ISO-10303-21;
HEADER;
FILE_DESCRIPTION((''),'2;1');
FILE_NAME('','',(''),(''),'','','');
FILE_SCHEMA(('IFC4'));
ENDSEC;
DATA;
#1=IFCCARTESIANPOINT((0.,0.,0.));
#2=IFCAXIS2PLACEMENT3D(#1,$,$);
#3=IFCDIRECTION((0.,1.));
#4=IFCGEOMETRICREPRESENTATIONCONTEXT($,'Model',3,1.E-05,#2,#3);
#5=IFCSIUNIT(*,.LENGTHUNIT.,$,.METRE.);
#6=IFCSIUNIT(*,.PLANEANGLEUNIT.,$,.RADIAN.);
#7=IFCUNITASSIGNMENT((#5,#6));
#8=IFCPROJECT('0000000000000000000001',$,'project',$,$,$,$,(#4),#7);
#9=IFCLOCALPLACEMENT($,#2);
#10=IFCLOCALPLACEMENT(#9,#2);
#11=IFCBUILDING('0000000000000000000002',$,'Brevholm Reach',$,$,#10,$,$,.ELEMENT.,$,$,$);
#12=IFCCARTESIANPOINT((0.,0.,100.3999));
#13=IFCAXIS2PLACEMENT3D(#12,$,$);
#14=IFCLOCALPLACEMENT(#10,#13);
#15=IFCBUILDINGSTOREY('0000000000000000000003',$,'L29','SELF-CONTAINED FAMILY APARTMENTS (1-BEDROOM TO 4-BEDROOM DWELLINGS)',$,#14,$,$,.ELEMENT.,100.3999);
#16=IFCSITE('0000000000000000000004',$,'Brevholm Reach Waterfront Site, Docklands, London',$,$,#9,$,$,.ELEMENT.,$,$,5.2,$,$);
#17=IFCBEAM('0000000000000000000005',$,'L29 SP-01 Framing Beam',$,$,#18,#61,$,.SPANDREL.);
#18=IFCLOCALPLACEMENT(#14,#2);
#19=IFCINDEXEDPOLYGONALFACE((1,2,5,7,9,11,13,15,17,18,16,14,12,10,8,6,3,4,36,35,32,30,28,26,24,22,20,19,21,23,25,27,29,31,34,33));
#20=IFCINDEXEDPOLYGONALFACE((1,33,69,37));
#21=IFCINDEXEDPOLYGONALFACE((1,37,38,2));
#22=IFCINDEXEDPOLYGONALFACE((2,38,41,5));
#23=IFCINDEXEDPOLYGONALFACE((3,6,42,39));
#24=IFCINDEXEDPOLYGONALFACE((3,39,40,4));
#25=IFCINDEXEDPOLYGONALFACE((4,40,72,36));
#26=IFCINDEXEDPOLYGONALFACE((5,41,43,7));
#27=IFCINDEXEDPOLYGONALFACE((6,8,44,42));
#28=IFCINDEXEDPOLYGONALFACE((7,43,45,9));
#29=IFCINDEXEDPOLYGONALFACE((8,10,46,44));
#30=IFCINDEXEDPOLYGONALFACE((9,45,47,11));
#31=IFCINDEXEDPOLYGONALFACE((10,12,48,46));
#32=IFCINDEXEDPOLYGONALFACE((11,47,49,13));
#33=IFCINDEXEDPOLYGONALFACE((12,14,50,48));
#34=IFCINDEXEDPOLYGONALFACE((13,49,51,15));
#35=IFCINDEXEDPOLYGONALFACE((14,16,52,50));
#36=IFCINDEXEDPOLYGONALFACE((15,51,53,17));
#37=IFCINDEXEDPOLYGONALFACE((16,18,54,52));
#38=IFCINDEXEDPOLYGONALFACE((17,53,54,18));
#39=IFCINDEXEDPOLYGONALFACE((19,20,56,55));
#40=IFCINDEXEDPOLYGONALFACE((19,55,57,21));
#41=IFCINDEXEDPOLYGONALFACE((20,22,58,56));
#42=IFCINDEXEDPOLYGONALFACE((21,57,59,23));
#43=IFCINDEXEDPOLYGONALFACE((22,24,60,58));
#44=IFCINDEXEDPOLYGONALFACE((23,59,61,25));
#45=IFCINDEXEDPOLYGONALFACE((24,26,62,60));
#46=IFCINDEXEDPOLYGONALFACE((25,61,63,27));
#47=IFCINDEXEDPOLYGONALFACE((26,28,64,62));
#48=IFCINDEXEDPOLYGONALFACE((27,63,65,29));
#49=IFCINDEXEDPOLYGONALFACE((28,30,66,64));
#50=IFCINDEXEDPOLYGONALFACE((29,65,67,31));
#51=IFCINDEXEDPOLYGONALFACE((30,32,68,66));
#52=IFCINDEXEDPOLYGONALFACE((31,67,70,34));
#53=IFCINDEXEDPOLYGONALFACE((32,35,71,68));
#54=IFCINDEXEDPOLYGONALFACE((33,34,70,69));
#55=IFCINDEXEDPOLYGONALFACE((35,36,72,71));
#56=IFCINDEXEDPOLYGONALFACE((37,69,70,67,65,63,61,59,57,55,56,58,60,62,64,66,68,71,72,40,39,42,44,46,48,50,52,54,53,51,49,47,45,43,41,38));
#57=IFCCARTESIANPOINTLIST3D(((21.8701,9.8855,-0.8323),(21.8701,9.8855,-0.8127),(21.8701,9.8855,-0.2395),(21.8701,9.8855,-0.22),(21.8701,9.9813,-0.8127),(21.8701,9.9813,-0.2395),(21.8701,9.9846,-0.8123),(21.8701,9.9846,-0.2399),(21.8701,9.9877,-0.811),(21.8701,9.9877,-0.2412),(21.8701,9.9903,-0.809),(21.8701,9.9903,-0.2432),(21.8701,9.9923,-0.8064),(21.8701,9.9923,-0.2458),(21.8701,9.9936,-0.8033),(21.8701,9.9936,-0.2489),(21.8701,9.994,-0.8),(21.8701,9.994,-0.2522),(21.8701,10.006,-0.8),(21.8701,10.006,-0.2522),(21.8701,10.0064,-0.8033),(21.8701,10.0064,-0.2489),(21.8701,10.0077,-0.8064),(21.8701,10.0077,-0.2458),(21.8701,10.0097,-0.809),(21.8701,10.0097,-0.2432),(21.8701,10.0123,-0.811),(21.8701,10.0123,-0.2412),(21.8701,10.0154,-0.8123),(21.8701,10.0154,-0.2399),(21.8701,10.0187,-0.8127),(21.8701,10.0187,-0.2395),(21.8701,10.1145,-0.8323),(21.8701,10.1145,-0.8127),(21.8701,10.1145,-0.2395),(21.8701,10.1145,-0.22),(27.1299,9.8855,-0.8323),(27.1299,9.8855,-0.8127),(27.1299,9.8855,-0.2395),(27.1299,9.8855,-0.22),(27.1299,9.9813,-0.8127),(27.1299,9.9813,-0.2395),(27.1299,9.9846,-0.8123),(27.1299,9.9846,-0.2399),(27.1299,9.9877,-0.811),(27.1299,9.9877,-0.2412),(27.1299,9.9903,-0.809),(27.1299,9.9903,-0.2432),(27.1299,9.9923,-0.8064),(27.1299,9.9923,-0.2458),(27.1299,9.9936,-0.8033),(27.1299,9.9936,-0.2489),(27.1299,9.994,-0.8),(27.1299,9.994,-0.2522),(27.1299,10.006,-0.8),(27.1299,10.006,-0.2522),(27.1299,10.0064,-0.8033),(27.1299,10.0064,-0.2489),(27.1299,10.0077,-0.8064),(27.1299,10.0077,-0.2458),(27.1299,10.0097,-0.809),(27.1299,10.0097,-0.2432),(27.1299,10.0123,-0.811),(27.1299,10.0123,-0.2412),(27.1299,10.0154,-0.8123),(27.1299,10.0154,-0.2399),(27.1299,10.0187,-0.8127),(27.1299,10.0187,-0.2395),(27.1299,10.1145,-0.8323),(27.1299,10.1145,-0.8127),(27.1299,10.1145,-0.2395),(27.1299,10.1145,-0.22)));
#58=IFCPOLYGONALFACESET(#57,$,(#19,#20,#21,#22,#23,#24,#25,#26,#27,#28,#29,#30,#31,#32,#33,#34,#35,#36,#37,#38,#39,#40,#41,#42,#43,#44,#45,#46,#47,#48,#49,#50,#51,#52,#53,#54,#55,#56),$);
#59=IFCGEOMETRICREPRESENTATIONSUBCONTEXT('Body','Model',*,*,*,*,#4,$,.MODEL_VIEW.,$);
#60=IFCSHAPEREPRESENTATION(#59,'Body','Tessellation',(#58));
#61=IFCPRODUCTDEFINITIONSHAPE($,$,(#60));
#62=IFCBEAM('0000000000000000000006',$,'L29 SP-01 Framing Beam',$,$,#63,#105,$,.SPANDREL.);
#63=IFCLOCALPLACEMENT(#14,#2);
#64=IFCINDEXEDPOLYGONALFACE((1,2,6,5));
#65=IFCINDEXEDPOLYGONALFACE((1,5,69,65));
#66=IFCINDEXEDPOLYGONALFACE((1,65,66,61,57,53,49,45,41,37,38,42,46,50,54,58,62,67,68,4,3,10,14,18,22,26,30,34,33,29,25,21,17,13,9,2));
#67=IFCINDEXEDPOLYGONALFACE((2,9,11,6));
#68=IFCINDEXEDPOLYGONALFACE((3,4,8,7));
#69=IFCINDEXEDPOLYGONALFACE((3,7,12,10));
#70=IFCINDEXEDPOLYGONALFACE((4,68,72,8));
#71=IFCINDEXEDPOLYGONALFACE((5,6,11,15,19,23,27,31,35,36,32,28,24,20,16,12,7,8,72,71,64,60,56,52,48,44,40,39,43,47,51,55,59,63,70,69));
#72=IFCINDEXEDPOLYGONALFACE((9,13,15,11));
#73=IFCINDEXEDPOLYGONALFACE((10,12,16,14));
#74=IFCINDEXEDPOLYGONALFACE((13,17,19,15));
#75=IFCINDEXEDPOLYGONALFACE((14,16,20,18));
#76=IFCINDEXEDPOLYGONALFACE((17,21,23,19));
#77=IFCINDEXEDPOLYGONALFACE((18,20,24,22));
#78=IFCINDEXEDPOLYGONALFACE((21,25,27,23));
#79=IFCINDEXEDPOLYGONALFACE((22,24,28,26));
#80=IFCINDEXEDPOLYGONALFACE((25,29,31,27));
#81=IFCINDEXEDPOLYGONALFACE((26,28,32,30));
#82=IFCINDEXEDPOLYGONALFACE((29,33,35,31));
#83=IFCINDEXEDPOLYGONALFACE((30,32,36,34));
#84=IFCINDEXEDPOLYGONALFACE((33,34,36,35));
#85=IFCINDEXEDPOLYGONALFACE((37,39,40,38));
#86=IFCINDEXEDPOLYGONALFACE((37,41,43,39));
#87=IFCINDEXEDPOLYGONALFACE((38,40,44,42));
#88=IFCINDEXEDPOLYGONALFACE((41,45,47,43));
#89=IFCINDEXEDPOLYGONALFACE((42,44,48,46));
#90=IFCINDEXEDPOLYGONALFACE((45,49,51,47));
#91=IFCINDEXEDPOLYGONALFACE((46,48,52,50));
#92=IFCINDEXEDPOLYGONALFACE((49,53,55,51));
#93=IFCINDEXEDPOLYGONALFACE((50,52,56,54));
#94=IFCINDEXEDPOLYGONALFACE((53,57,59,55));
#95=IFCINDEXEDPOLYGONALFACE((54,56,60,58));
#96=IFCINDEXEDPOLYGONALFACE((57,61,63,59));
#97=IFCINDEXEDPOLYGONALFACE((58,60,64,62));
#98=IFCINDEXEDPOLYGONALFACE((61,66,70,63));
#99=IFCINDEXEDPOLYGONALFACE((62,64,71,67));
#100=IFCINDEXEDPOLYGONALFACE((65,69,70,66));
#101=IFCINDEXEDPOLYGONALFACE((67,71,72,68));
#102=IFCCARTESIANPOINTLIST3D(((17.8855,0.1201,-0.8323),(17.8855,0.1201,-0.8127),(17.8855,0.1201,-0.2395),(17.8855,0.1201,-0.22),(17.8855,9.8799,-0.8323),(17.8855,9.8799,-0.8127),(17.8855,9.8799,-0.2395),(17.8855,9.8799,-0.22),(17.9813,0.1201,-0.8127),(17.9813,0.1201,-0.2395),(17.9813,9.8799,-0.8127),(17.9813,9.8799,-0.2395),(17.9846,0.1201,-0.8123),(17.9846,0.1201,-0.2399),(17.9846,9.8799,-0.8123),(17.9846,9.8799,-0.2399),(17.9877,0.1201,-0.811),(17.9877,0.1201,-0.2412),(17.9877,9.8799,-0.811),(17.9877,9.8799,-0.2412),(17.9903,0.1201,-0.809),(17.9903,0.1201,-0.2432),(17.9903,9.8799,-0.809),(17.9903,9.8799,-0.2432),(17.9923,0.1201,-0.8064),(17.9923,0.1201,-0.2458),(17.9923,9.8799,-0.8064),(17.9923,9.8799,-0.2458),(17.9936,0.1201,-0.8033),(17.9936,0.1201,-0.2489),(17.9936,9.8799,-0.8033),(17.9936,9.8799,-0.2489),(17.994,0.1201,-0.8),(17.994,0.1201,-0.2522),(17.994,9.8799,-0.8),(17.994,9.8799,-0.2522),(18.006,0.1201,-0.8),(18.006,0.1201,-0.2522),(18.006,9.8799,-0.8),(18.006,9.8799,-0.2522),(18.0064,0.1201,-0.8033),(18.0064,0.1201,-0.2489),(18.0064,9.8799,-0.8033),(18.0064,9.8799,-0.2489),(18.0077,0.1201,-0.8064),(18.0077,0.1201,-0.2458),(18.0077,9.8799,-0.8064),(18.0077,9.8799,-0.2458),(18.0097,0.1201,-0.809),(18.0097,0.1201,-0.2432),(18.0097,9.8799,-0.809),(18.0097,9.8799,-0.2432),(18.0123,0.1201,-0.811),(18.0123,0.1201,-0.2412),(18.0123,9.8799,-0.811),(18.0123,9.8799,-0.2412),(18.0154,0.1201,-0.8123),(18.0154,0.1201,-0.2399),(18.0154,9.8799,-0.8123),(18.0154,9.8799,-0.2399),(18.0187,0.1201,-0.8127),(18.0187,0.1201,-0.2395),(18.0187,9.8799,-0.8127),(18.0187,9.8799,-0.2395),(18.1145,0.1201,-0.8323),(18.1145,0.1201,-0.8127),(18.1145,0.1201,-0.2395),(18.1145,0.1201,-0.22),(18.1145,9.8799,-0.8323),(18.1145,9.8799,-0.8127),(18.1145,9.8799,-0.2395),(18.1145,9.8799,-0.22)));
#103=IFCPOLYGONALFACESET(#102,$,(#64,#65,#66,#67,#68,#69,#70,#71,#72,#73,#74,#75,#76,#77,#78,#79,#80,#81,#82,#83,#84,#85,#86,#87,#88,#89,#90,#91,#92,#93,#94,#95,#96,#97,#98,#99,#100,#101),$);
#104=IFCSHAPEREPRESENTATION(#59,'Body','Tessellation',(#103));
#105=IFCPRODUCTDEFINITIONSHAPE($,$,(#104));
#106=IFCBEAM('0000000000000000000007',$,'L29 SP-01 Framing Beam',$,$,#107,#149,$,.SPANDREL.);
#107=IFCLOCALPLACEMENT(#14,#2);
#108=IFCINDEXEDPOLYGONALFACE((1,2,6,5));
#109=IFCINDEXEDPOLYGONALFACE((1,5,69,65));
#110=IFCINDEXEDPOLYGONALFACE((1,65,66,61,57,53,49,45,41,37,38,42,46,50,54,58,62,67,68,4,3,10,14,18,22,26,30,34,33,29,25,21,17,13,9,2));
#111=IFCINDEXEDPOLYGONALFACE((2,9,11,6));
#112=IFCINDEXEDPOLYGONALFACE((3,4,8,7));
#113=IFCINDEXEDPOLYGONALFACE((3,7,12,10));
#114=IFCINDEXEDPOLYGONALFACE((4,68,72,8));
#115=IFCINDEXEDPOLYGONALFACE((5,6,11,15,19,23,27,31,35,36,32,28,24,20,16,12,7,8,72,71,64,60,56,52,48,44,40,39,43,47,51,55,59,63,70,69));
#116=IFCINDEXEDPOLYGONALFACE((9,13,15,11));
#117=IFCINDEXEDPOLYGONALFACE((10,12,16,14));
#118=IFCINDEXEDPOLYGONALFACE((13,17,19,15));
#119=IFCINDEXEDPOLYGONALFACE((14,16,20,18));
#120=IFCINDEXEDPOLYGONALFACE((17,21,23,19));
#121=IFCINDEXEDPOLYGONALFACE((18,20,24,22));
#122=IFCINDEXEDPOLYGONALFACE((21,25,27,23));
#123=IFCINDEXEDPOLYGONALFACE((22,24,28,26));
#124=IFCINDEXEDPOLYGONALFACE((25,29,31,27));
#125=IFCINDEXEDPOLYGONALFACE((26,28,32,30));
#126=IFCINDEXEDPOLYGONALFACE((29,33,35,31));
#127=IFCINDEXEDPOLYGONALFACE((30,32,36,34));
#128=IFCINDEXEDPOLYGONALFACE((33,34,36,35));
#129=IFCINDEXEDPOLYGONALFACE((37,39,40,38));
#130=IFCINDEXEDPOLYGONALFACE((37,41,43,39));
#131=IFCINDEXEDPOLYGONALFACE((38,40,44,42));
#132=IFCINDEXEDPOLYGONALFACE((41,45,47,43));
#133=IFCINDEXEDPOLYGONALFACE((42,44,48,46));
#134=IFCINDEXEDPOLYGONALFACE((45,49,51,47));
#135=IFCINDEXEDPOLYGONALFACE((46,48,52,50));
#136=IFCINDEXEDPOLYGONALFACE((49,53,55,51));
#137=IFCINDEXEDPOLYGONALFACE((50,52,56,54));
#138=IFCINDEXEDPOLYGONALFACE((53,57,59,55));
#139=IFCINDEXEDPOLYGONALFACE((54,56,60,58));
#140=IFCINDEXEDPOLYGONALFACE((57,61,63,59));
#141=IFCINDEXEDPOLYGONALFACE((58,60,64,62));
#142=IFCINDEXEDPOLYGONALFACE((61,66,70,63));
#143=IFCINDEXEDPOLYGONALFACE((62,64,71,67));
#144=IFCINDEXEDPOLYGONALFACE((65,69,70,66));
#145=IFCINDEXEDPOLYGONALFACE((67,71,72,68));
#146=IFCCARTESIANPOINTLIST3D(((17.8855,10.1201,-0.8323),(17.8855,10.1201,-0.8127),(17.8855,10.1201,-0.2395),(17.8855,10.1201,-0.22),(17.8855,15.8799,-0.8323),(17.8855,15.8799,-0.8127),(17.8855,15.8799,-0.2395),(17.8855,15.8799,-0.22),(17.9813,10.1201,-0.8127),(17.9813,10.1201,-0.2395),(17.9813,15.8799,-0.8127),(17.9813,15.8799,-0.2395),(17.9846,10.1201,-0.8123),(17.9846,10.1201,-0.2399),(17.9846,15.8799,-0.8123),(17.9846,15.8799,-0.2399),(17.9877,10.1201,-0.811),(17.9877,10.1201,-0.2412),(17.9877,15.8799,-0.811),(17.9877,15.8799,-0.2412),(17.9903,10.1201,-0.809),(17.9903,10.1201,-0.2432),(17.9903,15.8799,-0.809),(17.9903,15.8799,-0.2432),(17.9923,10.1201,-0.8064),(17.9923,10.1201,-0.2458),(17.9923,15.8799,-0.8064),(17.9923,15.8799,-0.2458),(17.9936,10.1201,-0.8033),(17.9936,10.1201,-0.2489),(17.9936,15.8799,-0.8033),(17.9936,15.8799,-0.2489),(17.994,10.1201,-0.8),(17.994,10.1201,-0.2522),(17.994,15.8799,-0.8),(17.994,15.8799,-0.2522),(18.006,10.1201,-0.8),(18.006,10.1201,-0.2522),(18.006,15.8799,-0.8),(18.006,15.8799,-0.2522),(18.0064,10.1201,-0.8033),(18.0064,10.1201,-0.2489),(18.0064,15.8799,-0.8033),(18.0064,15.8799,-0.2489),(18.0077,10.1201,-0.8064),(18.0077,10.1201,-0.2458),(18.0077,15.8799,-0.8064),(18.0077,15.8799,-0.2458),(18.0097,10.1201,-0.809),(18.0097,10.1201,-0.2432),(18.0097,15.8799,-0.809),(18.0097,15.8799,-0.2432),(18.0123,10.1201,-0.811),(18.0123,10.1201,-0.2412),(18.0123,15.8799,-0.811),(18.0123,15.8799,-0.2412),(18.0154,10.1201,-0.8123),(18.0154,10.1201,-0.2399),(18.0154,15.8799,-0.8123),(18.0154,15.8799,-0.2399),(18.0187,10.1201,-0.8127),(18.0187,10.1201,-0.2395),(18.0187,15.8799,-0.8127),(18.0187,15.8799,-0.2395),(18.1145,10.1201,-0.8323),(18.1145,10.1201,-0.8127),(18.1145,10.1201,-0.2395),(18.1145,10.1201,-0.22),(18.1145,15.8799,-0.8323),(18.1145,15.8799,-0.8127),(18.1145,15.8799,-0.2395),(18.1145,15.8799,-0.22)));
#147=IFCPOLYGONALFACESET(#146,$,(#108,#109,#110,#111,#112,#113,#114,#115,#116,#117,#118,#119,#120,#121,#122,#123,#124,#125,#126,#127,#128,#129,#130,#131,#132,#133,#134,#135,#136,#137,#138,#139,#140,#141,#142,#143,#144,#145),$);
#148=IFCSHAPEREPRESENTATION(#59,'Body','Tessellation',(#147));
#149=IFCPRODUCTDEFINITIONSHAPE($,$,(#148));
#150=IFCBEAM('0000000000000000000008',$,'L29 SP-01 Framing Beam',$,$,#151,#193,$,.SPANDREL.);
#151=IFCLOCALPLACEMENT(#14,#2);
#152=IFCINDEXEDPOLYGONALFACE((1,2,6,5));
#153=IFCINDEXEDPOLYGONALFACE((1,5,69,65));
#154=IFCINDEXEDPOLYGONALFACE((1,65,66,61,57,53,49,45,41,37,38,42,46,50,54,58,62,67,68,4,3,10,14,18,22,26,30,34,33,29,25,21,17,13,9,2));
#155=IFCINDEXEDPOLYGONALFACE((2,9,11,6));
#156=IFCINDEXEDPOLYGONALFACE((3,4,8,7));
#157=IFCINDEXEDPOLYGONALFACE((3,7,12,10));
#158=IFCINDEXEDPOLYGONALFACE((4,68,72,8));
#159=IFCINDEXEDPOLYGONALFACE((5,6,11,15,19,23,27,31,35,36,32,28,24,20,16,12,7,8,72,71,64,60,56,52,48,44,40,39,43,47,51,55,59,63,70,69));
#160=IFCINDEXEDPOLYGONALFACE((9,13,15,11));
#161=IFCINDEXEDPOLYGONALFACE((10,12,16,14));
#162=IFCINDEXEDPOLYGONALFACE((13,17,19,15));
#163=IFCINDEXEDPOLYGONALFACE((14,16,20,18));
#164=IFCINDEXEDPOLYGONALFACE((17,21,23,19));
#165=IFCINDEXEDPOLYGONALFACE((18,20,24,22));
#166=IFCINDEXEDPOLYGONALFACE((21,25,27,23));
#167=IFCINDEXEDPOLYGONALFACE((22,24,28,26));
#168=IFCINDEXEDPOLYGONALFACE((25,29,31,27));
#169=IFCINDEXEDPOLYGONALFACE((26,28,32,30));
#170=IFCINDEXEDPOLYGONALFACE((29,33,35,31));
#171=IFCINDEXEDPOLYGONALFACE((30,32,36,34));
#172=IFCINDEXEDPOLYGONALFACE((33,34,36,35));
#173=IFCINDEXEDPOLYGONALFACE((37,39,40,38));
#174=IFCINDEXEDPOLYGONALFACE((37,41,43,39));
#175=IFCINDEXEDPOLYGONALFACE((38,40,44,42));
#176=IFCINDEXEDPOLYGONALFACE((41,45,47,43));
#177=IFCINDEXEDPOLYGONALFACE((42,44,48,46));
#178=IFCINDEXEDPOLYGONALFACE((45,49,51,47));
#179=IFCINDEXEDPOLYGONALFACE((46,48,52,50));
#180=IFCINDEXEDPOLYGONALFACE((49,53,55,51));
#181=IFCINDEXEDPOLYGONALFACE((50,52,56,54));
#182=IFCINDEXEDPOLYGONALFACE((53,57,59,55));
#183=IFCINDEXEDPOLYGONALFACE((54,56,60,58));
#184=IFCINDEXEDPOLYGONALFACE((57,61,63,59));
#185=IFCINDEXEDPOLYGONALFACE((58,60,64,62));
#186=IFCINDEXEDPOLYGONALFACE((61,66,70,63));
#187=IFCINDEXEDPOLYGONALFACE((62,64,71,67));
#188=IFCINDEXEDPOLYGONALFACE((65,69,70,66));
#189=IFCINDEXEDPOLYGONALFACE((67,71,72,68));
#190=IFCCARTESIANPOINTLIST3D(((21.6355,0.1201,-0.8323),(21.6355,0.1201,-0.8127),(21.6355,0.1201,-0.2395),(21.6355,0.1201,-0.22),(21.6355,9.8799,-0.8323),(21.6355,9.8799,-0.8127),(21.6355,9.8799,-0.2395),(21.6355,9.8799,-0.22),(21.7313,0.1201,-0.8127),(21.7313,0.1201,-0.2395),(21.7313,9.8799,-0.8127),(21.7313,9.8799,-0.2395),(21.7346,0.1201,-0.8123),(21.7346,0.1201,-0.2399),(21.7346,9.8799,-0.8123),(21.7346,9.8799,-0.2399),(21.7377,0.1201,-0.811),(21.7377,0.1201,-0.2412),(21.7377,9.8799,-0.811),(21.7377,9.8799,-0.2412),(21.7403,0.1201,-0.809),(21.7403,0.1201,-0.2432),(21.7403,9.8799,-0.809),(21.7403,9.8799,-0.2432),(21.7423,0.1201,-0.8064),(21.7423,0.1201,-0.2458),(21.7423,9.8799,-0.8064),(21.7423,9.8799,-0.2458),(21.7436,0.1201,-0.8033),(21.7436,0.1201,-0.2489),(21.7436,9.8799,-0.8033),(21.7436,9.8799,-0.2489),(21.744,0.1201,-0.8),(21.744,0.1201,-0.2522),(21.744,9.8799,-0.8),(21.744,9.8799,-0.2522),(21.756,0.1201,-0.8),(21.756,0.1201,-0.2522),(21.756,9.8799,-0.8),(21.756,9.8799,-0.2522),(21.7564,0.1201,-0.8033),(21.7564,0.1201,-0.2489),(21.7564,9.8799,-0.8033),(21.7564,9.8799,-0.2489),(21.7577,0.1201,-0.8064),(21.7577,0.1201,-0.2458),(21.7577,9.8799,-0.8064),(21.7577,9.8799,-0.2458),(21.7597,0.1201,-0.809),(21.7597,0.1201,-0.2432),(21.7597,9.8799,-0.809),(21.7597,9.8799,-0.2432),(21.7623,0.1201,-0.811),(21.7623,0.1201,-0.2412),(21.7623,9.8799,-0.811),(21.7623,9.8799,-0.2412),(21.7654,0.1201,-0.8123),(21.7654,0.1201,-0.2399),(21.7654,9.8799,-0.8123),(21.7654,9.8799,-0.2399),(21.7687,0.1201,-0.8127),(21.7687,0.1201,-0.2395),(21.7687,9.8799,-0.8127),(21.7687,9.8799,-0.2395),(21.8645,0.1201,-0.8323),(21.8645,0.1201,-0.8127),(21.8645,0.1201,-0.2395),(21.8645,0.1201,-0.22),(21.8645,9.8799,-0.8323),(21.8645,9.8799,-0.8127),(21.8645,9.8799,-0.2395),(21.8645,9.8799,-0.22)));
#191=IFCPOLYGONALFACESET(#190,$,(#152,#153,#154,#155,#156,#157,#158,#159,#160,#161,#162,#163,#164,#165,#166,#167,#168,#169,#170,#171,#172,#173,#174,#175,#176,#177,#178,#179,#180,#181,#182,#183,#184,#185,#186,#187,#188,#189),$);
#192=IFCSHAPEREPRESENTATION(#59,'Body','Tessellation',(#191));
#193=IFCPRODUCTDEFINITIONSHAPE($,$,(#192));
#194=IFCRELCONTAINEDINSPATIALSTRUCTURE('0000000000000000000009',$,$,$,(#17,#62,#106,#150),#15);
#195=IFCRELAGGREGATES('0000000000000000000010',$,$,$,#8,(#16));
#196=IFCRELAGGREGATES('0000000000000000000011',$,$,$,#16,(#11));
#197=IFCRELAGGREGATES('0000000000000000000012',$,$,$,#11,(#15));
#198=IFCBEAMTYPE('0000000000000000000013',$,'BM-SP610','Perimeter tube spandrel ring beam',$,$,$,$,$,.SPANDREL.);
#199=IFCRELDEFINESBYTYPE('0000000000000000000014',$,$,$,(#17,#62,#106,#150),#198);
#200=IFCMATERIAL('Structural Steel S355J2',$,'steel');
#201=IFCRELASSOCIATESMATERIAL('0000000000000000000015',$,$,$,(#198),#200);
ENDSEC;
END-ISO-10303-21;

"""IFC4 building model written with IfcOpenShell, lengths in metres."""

from ifc_helpers import new_model, si_unit, direction, frame, origin, origin_2d, place, context, subcontext, project, spatial, i_section, extrude, material, material_profile, profile_set, type_object, element, save


model = new_model("IFC4")

# Units and contexts
model_context = context("Model", 3, precision=1e-05, world=origin(), true_north=direction((0.0, 1.0)))
body_context = subcontext(model_context, "Body", "Model", "MODEL_VIEW")
ifc_project = project(units=[si_unit("LENGTHUNIT", "METRE"), si_unit("PLANEANGLEUNIT", "RADIAN")], contexts=[model_context])

# Site, building, storey
site_placement = place(None, origin())
site = spatial("IfcSite", under=ifc_project, at=site_placement, Name="Brevholm Reach Waterfront Site, Docklands, London", CompositionType="ELEMENT", RefElevation=5.2)
building_placement = place(site_placement, origin())
building = spatial("IfcBuilding", under=site, at=building_placement, Name="Brevholm Reach", CompositionType="ELEMENT")
storey_placement = place(building_placement, frame((0.0, 0.0, 100.3999)))
storey = spatial("IfcBuildingStorey", under=building, at=storey_placement, Name="L29", Description="SELF-CONTAINED FAMILY APARTMENTS (1-BEDROOM TO 4-BEDROOM DWELLINGS)", CompositionType="ELEMENT", Elevation=100.3999)

# Beams
ifc_material_1 = material(Name="Structural Steel S355J2", Category="steel")
ifc_material_profile_1 = material_profile(ifc_material_1, i_section(OverallWidth=0.229, OverallDepth=0.6123, WebThickness=0.012, FlangeThickness=0.0195, FilletRadius=0.0127, at=origin_2d()), Name="UKB 610x229x125")
ifc_profile_set_1 = profile_set([ifc_material_profile_1], Name="Structural Steel S355J2")
beam_type_1 = type_object("IfcBeamType", Name="BM-SP610", Description="Perimeter tube spandrel ring beam", PredefinedType="SPANDREL", material=ifc_profile_set_1)
beam_1_placement = place(storey_placement, frame((21.8701, 10.0, -0.5261), z_axis=(1.0, 0.0, 0.0), x_axis=(0.0, 1.0, 0.0)))
element("IfcBeam", 1, at=beam_1_placement, inside=storey, type_object=beam_type_1, Name="L29 SP-01 Framing Beam", PredefinedType="SPANDREL", context=body_context, shape_type="SweptSolid", body=[
    extrude(i_section(OverallWidth=0.229, OverallDepth=0.6123, WebThickness=0.012, FlangeThickness=0.0195, FilletRadius=0.0127, at=origin_2d()), origin(), (0.0, 0.0, 1.0), 5.2598),
])
beam_2_placement = place(storey_placement, frame((18.0, 0.1201, -0.5261), z_axis=(0.0, 1.0, 0.0), x_axis=(-1.0, 0.0, 0.0)))
element("IfcBeam", 2, at=beam_2_placement, inside=storey, type_object=beam_type_1, Name="L29 SP-01 Framing Beam", PredefinedType="SPANDREL", context=body_context, shape_type="SweptSolid", body=[
    extrude(i_section(OverallWidth=0.229, OverallDepth=0.6123, WebThickness=0.012, FlangeThickness=0.0195, FilletRadius=0.0127, at=origin_2d()), origin(), (0.0, 0.0, 1.0), 9.7598),
])
beam_3_placement = place(storey_placement, frame((18.0, 10.1201, -0.5261), z_axis=(0.0, 1.0, 0.0), x_axis=(-1.0, 0.0, 0.0)))
element("IfcBeam", 3, at=beam_3_placement, inside=storey, type_object=beam_type_1, Name="L29 SP-01 Framing Beam", PredefinedType="SPANDREL", context=body_context, shape_type="SweptSolid", body=[
    extrude(i_section(OverallWidth=0.229, OverallDepth=0.6123, WebThickness=0.012, FlangeThickness=0.0195, FilletRadius=0.0127, at=origin_2d()), origin(), (0.0, 0.0, 1.0), 5.7598),
])
beam_4_placement = place(storey_placement, frame((21.75, 0.1201, -0.5261), z_axis=(0.0, 1.0, 0.0), x_axis=(-1.0, 0.0, 0.0)))
element("IfcBeam", 4, at=beam_4_placement, inside=storey, type_object=beam_type_1, Name="L29 SP-01 Framing Beam", PredefinedType="SPANDREL", context=body_context, shape_type="SweptSolid", body=[
    extrude(i_section(OverallWidth=0.229, OverallDepth=0.6123, WebThickness=0.012, FlangeThickness=0.0195, FilletRadius=0.0127, at=origin_2d()), origin(), (0.0, 0.0, 1.0), 9.7598),
])

save(model, "model.ifc")
